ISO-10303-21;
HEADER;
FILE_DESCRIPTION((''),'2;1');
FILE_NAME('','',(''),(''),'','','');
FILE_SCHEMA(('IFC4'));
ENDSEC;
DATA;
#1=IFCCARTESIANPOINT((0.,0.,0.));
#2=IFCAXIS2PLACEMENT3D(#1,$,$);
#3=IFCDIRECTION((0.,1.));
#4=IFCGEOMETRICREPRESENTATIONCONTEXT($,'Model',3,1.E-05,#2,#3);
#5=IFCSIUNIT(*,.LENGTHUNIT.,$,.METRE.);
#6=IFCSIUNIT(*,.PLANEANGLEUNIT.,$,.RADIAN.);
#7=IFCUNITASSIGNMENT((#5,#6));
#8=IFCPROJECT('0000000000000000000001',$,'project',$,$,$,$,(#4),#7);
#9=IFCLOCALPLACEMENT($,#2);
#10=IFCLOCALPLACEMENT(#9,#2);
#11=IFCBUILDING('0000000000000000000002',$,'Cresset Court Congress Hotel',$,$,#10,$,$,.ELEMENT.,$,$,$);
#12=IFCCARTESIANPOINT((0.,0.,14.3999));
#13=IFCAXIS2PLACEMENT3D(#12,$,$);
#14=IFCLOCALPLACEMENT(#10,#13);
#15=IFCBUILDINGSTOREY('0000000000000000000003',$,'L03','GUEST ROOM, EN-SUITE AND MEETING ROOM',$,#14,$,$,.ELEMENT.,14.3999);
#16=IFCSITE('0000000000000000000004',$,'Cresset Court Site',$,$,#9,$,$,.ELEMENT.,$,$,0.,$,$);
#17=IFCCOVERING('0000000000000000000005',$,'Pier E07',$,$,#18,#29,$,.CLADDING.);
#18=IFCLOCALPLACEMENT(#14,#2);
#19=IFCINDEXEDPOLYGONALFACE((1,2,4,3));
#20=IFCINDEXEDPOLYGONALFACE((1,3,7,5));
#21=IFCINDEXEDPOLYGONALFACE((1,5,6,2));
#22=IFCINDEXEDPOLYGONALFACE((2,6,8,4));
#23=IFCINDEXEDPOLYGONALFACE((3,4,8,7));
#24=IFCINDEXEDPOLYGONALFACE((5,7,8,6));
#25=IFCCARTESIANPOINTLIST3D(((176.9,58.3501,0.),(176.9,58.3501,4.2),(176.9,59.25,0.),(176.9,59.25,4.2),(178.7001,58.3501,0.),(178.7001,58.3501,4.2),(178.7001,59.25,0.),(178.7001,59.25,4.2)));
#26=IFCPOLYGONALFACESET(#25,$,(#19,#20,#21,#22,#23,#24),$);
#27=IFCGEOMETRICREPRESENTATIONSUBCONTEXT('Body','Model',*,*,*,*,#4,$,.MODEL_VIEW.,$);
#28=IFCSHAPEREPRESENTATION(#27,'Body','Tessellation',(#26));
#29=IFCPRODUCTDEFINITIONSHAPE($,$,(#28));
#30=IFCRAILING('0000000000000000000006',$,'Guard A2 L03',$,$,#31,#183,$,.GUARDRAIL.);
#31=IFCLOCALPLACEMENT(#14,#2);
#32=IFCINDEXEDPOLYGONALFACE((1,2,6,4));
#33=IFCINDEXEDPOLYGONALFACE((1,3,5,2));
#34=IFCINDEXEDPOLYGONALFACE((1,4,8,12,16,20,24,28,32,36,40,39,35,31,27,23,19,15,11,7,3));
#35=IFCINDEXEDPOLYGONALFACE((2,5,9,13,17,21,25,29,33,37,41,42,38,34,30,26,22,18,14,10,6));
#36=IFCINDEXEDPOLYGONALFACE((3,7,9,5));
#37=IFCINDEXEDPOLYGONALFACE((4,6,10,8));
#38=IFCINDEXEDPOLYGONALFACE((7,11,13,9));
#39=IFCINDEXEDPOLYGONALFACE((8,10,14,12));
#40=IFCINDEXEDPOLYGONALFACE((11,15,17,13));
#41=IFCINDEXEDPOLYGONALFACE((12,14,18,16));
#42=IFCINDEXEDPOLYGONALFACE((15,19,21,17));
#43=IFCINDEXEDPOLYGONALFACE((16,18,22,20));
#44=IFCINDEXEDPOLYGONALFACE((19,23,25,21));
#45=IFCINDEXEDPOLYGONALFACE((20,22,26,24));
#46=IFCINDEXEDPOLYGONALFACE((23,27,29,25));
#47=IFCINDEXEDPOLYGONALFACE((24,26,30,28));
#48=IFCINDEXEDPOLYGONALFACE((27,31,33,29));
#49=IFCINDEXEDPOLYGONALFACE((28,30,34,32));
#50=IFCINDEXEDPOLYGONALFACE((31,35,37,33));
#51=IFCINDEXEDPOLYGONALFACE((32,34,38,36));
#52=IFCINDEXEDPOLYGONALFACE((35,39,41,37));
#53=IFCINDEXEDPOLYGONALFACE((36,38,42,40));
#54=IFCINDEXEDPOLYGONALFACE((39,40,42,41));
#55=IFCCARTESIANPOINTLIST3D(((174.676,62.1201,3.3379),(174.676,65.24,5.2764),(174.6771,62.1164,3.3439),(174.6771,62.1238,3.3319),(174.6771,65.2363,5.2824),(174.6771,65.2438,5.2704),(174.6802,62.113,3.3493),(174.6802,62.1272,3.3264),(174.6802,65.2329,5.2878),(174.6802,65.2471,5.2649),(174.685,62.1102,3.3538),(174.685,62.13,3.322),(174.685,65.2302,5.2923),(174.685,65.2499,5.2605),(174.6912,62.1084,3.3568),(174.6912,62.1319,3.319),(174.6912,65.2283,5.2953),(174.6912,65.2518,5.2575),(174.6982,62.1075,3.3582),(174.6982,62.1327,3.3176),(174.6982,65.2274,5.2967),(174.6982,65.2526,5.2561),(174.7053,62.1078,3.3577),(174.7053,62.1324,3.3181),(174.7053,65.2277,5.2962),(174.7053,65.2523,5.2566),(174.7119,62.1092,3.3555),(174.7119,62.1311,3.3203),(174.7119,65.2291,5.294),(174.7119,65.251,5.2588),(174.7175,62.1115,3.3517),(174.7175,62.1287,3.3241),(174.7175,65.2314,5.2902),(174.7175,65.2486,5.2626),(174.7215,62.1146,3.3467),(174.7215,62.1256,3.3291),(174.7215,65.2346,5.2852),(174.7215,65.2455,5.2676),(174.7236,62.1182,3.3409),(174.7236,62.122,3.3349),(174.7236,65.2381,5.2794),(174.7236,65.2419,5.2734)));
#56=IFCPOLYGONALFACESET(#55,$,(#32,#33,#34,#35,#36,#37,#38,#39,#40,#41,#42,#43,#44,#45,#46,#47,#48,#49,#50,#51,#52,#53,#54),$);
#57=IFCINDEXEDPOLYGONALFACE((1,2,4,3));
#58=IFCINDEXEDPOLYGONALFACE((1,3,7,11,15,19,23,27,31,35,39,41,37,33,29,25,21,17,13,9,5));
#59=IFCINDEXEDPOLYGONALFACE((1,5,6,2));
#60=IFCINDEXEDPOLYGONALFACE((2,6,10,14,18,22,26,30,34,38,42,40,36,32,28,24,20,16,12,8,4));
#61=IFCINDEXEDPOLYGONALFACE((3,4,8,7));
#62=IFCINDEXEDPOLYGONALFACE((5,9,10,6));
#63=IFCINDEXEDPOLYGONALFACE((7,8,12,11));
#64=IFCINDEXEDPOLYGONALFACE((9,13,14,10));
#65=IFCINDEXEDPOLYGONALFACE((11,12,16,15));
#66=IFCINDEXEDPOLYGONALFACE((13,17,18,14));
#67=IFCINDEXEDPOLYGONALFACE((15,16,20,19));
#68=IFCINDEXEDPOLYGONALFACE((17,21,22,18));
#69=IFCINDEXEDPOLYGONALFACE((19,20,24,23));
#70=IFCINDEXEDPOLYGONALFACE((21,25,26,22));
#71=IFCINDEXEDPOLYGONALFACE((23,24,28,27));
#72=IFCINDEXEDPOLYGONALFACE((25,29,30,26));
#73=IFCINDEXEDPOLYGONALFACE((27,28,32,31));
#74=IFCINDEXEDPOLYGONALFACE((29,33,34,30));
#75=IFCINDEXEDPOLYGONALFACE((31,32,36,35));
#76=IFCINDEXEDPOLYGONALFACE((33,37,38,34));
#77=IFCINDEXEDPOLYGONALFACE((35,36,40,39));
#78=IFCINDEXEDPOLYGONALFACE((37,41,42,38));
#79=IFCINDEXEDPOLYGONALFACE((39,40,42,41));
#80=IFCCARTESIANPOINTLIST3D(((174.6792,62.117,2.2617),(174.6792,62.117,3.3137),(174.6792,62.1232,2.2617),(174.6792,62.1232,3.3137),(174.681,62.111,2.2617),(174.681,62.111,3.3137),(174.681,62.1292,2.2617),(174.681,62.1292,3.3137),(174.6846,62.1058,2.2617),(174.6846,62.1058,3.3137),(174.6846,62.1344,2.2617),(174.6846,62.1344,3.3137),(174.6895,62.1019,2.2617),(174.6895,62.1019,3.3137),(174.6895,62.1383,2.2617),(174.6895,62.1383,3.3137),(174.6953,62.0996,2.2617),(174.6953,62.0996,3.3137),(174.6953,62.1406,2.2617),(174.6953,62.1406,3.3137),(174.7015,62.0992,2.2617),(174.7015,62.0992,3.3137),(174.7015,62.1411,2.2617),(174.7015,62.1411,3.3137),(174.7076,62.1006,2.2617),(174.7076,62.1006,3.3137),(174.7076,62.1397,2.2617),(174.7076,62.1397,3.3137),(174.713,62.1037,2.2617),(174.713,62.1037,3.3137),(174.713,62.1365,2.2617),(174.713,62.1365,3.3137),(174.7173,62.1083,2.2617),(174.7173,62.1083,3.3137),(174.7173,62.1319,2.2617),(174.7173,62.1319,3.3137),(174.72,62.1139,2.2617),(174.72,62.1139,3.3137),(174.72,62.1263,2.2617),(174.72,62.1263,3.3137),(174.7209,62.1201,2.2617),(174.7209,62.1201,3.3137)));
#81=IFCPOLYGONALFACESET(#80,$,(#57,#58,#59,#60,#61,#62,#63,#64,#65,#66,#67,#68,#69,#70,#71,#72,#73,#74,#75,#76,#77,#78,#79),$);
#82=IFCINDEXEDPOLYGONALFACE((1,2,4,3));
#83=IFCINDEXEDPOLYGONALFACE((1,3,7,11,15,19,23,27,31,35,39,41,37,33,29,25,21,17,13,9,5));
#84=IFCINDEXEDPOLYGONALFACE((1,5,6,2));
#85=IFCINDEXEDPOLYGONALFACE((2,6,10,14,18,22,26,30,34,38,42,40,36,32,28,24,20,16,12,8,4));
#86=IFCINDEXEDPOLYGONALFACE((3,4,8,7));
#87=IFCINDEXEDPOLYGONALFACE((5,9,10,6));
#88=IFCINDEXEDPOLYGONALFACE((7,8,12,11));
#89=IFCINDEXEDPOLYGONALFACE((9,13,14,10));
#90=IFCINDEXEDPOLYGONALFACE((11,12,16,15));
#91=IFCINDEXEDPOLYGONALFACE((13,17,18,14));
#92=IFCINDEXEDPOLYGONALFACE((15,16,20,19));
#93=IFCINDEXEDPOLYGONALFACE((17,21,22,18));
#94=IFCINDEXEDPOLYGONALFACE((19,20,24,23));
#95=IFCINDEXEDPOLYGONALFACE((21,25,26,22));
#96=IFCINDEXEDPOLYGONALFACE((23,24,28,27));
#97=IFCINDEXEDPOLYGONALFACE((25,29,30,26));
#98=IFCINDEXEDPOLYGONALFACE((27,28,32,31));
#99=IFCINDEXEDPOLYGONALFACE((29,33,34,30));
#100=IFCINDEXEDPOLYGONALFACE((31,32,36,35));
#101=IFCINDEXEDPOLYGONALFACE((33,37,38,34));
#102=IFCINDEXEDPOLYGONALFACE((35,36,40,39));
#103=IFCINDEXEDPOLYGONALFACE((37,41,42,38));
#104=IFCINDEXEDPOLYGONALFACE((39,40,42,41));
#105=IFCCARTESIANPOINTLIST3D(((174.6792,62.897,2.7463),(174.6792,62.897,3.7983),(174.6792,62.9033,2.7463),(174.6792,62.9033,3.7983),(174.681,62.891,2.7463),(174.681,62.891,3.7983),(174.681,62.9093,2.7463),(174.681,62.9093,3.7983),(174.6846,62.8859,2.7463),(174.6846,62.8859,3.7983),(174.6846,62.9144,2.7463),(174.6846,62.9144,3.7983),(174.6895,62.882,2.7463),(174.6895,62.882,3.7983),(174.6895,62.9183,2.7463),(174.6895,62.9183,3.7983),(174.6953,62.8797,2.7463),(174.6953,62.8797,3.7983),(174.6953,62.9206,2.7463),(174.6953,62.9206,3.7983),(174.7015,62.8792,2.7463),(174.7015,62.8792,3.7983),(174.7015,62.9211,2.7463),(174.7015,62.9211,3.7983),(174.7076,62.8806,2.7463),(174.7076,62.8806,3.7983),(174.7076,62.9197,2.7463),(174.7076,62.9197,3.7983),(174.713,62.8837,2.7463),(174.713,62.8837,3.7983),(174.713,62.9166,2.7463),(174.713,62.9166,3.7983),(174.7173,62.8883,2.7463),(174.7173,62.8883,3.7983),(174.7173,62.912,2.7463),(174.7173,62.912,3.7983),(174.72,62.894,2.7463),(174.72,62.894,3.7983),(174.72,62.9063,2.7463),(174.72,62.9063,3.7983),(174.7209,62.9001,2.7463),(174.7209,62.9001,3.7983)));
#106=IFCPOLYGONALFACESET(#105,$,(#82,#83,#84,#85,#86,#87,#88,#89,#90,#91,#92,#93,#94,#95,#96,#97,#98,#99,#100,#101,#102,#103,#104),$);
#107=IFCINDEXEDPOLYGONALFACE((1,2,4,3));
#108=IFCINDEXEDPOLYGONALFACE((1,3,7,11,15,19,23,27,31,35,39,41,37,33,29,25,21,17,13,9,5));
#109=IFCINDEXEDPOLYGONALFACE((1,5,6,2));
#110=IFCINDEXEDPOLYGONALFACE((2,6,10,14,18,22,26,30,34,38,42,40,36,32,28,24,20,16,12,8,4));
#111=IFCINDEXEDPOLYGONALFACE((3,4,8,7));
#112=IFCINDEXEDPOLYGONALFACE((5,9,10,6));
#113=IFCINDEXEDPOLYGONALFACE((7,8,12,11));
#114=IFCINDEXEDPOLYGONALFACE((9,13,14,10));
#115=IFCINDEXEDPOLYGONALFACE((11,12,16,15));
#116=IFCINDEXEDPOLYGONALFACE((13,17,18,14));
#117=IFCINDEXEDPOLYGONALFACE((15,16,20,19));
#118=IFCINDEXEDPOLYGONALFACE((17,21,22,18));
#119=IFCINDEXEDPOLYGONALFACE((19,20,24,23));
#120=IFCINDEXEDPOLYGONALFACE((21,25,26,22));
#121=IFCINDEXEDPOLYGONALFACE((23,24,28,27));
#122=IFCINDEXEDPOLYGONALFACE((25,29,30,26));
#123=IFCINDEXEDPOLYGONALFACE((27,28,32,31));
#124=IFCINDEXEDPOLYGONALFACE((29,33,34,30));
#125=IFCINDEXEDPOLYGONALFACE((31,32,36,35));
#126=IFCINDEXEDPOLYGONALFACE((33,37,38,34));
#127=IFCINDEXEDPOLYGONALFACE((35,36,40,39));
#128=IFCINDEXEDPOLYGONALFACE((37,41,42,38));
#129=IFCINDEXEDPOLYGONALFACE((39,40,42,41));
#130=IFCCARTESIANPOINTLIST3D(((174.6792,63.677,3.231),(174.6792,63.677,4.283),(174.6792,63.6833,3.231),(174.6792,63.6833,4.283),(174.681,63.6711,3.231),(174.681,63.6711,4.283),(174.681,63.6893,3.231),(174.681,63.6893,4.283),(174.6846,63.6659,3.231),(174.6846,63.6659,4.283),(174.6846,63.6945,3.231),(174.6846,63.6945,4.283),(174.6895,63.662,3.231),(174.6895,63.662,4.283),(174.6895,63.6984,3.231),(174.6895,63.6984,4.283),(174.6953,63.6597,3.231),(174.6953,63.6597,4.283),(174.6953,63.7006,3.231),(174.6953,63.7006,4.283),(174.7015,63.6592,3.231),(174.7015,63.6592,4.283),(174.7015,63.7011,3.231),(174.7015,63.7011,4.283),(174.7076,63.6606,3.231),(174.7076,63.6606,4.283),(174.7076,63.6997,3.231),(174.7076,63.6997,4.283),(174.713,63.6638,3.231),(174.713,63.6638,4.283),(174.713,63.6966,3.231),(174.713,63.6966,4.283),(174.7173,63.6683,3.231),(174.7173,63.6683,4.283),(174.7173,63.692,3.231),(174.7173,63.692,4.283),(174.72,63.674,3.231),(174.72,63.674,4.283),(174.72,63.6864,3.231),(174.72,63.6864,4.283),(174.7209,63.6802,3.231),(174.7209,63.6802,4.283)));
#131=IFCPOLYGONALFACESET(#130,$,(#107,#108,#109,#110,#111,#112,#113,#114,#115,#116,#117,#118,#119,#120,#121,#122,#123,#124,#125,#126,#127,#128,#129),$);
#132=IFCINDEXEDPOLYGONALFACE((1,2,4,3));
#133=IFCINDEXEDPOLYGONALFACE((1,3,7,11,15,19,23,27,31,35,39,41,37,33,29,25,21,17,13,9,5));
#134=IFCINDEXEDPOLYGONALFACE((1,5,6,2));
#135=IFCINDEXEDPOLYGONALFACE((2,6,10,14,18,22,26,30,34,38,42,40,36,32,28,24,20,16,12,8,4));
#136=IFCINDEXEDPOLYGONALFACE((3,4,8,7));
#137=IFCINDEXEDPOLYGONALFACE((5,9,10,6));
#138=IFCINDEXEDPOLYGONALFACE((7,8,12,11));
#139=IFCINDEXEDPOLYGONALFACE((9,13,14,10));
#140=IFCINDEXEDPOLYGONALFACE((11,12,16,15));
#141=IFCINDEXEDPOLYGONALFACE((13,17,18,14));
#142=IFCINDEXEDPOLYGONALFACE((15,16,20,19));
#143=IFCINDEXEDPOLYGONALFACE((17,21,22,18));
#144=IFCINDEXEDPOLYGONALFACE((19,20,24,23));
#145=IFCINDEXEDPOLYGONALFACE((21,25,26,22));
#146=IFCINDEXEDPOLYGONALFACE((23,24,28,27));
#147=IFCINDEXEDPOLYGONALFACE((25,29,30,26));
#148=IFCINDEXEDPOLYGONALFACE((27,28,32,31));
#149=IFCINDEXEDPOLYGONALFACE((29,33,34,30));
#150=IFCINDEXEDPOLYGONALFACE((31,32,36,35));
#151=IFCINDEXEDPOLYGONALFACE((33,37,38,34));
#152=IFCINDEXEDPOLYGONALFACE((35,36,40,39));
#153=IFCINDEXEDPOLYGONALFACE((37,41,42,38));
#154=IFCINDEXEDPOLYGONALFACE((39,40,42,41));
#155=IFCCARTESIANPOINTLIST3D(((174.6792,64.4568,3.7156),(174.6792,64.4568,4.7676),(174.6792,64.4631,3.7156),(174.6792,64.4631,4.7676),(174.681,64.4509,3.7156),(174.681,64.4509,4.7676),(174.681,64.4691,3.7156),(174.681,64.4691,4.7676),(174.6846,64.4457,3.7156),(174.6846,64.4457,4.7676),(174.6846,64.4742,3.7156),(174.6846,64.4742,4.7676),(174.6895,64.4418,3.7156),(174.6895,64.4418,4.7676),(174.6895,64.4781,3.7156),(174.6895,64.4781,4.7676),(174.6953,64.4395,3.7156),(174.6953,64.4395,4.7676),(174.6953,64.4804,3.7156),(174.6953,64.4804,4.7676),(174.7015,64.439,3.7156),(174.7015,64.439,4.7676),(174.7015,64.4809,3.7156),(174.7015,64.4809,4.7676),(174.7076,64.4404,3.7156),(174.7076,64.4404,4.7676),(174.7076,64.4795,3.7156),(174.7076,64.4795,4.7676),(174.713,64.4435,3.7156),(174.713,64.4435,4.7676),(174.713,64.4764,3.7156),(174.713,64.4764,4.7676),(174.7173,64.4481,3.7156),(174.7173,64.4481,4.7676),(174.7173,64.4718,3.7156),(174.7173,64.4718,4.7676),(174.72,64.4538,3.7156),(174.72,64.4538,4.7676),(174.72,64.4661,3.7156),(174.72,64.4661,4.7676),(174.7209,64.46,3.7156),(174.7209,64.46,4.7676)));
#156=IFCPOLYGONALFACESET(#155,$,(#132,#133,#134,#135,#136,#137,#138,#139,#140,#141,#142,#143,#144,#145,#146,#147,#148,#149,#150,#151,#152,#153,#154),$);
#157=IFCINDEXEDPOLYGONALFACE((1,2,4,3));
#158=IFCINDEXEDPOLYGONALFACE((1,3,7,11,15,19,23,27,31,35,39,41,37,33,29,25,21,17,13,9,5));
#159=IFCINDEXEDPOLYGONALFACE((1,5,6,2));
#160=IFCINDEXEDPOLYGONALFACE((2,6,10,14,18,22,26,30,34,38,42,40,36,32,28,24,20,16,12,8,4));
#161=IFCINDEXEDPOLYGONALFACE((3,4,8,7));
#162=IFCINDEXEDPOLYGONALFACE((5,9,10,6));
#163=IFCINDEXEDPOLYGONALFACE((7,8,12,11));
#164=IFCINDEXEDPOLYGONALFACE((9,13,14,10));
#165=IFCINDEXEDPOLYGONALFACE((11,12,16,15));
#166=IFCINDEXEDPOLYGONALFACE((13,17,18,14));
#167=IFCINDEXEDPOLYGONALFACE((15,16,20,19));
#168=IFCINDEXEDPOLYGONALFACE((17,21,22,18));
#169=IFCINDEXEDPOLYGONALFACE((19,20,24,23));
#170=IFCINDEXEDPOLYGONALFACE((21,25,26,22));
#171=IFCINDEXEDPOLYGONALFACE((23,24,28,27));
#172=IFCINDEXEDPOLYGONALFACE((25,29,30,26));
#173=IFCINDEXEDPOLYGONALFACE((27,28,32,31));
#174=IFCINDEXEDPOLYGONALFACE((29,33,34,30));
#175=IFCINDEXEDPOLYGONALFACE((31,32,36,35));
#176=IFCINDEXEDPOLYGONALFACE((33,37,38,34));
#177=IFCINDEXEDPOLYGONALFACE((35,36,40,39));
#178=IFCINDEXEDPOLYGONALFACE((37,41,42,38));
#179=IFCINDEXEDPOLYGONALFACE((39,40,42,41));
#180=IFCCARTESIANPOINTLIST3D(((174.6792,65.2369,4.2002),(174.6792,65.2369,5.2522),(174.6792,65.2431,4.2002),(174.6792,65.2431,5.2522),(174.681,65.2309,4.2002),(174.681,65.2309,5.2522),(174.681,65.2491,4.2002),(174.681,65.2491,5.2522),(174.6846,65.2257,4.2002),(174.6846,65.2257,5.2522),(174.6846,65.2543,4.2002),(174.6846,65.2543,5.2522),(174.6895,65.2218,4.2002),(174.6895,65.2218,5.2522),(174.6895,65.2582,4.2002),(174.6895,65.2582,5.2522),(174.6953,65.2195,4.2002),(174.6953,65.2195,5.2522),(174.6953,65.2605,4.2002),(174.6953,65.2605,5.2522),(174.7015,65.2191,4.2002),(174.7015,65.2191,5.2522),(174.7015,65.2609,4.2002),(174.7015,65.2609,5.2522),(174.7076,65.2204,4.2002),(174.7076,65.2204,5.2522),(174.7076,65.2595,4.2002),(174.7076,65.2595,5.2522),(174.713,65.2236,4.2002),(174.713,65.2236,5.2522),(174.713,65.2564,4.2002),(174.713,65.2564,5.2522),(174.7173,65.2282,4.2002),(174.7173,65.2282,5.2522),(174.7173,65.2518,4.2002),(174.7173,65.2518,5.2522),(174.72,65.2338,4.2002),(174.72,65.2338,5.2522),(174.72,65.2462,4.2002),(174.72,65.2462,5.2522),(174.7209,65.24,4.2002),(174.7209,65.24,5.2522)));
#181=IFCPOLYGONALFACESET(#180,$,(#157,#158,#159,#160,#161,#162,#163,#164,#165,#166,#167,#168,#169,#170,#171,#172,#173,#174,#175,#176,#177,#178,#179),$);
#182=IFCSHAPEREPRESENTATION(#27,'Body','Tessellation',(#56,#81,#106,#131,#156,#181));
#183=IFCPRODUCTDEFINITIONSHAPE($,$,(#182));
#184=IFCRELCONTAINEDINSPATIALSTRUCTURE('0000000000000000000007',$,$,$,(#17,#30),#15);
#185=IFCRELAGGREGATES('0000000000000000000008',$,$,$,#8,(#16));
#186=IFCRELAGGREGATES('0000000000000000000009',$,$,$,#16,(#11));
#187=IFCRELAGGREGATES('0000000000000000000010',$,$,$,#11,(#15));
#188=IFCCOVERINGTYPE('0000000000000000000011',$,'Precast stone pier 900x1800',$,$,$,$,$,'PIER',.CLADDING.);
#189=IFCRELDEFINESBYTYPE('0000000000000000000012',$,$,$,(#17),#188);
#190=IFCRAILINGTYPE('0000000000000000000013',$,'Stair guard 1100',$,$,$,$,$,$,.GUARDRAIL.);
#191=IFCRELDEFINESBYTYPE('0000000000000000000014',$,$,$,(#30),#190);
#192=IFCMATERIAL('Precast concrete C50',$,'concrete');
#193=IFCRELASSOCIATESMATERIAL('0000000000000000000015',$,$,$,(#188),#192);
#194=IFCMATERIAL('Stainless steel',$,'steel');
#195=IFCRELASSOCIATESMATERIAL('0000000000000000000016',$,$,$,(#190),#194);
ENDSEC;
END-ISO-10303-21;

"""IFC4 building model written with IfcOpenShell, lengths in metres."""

from ifc_helpers import new_model, si_unit, direction, frame, origin, origin_2d, place, context, subcontext, project, spatial, rectangle, circle, extrude, material, type_object, element, save


model = new_model("IFC4")

# Units and contexts
model_context = context("Model", 3, precision=1e-05, world=origin(), true_north=direction((0.0, 1.0)))
body_context = subcontext(model_context, "Body", "Model", "MODEL_VIEW")
ifc_project = project(units=[si_unit("LENGTHUNIT", "METRE"), si_unit("PLANEANGLEUNIT", "RADIAN")], contexts=[model_context])

# Site, building, storey
site_placement = place(None, origin())
site = spatial("IfcSite", under=ifc_project, at=site_placement, Name="Cresset Court Site", CompositionType="ELEMENT", RefElevation=0.0)
building_placement = place(site_placement, origin())
building = spatial("IfcBuilding", under=site, at=building_placement, Name="Cresset Court Congress Hotel", CompositionType="ELEMENT")
storey_placement = place(building_placement, frame((0.0, 0.0, 14.3999)))
storey = spatial("IfcBuildingStorey", under=building, at=storey_placement, Name="L03", Description="GUEST ROOM, EN-SUITE AND MEETING ROOM", CompositionType="ELEMENT", Elevation=14.3999)

# Covering
ifc_material_1 = material(Name="Precast concrete C50", Category="concrete")
covering_type_1 = type_object("IfcCoveringType", Name="Precast stone pier 900x1800", ElementType="PIER", PredefinedType="CLADDING", material=ifc_material_1)
covering_placement = place(storey_placement, frame((177.8, 58.8, 0.0), z_axis=(0.0, 0.0, 1.0), x_axis=(1.0, 0.0, 0.0)))
element("IfcCovering", 1, at=covering_placement, inside=storey, type_object=covering_type_1, Name="Pier E07", PredefinedType="CLADDING", context=body_context, shape_type="SweptSolid", body=[
    extrude(rectangle(XDim=1.8, YDim=0.8999, at=origin_2d()), origin(), (0.0, 0.0, 1.0), 4.2),
])

# Railing
ifc_material_2 = material(Name="Stainless steel", Category="steel")
railing_type_1 = type_object("IfcRailingType", Name="Stair guard 1100", PredefinedType="GUARDRAIL", material=ifc_material_2)
railing_1_placement = place(storey_placement, frame((174.7, 62.1201, 2.2617)))
element("IfcRailing", 2, at=railing_1_placement, inside=storey, type_object=railing_type_1, Name="Guard A2 L03", PredefinedType="GUARDRAIL", context=body_context, shape_type="SweptSolid", body=[
    extrude(circle(Radius=0.0239, at=origin_2d()), frame((0.0, 0.0, 1.0762), z_axis=(0.0, 0.849396, 0.527757), x_axis=(-1.0, 0.0, 0.0)), (0.0, 0.0, 1.0), 3.6731),
    extrude(circle(Radius=0.021, at=origin_2d()), origin(), (0.0, 0.0, 1.0), 1.052),
    extrude(circle(Radius=0.021, at=origin_2d()), frame((0.0, 0.78, 0.4846)), (0.0, 0.0, 1.0), 1.052),
    extrude(circle(Radius=0.021, at=origin_2d()), frame((0.0, 1.5601, 0.9692)), (0.0, 0.0, 1.0), 1.052),
    extrude(circle(Radius=0.021, at=origin_2d()), frame((0.0, 2.3398, 1.4539)), (0.0, 0.0, 1.0), 1.052),
    extrude(circle(Radius=0.021, at=origin_2d()), frame((0.0, 3.1199, 1.9385)), (0.0, 0.0, 1.0), 1.052),
])

save(model, "model.ifc")
